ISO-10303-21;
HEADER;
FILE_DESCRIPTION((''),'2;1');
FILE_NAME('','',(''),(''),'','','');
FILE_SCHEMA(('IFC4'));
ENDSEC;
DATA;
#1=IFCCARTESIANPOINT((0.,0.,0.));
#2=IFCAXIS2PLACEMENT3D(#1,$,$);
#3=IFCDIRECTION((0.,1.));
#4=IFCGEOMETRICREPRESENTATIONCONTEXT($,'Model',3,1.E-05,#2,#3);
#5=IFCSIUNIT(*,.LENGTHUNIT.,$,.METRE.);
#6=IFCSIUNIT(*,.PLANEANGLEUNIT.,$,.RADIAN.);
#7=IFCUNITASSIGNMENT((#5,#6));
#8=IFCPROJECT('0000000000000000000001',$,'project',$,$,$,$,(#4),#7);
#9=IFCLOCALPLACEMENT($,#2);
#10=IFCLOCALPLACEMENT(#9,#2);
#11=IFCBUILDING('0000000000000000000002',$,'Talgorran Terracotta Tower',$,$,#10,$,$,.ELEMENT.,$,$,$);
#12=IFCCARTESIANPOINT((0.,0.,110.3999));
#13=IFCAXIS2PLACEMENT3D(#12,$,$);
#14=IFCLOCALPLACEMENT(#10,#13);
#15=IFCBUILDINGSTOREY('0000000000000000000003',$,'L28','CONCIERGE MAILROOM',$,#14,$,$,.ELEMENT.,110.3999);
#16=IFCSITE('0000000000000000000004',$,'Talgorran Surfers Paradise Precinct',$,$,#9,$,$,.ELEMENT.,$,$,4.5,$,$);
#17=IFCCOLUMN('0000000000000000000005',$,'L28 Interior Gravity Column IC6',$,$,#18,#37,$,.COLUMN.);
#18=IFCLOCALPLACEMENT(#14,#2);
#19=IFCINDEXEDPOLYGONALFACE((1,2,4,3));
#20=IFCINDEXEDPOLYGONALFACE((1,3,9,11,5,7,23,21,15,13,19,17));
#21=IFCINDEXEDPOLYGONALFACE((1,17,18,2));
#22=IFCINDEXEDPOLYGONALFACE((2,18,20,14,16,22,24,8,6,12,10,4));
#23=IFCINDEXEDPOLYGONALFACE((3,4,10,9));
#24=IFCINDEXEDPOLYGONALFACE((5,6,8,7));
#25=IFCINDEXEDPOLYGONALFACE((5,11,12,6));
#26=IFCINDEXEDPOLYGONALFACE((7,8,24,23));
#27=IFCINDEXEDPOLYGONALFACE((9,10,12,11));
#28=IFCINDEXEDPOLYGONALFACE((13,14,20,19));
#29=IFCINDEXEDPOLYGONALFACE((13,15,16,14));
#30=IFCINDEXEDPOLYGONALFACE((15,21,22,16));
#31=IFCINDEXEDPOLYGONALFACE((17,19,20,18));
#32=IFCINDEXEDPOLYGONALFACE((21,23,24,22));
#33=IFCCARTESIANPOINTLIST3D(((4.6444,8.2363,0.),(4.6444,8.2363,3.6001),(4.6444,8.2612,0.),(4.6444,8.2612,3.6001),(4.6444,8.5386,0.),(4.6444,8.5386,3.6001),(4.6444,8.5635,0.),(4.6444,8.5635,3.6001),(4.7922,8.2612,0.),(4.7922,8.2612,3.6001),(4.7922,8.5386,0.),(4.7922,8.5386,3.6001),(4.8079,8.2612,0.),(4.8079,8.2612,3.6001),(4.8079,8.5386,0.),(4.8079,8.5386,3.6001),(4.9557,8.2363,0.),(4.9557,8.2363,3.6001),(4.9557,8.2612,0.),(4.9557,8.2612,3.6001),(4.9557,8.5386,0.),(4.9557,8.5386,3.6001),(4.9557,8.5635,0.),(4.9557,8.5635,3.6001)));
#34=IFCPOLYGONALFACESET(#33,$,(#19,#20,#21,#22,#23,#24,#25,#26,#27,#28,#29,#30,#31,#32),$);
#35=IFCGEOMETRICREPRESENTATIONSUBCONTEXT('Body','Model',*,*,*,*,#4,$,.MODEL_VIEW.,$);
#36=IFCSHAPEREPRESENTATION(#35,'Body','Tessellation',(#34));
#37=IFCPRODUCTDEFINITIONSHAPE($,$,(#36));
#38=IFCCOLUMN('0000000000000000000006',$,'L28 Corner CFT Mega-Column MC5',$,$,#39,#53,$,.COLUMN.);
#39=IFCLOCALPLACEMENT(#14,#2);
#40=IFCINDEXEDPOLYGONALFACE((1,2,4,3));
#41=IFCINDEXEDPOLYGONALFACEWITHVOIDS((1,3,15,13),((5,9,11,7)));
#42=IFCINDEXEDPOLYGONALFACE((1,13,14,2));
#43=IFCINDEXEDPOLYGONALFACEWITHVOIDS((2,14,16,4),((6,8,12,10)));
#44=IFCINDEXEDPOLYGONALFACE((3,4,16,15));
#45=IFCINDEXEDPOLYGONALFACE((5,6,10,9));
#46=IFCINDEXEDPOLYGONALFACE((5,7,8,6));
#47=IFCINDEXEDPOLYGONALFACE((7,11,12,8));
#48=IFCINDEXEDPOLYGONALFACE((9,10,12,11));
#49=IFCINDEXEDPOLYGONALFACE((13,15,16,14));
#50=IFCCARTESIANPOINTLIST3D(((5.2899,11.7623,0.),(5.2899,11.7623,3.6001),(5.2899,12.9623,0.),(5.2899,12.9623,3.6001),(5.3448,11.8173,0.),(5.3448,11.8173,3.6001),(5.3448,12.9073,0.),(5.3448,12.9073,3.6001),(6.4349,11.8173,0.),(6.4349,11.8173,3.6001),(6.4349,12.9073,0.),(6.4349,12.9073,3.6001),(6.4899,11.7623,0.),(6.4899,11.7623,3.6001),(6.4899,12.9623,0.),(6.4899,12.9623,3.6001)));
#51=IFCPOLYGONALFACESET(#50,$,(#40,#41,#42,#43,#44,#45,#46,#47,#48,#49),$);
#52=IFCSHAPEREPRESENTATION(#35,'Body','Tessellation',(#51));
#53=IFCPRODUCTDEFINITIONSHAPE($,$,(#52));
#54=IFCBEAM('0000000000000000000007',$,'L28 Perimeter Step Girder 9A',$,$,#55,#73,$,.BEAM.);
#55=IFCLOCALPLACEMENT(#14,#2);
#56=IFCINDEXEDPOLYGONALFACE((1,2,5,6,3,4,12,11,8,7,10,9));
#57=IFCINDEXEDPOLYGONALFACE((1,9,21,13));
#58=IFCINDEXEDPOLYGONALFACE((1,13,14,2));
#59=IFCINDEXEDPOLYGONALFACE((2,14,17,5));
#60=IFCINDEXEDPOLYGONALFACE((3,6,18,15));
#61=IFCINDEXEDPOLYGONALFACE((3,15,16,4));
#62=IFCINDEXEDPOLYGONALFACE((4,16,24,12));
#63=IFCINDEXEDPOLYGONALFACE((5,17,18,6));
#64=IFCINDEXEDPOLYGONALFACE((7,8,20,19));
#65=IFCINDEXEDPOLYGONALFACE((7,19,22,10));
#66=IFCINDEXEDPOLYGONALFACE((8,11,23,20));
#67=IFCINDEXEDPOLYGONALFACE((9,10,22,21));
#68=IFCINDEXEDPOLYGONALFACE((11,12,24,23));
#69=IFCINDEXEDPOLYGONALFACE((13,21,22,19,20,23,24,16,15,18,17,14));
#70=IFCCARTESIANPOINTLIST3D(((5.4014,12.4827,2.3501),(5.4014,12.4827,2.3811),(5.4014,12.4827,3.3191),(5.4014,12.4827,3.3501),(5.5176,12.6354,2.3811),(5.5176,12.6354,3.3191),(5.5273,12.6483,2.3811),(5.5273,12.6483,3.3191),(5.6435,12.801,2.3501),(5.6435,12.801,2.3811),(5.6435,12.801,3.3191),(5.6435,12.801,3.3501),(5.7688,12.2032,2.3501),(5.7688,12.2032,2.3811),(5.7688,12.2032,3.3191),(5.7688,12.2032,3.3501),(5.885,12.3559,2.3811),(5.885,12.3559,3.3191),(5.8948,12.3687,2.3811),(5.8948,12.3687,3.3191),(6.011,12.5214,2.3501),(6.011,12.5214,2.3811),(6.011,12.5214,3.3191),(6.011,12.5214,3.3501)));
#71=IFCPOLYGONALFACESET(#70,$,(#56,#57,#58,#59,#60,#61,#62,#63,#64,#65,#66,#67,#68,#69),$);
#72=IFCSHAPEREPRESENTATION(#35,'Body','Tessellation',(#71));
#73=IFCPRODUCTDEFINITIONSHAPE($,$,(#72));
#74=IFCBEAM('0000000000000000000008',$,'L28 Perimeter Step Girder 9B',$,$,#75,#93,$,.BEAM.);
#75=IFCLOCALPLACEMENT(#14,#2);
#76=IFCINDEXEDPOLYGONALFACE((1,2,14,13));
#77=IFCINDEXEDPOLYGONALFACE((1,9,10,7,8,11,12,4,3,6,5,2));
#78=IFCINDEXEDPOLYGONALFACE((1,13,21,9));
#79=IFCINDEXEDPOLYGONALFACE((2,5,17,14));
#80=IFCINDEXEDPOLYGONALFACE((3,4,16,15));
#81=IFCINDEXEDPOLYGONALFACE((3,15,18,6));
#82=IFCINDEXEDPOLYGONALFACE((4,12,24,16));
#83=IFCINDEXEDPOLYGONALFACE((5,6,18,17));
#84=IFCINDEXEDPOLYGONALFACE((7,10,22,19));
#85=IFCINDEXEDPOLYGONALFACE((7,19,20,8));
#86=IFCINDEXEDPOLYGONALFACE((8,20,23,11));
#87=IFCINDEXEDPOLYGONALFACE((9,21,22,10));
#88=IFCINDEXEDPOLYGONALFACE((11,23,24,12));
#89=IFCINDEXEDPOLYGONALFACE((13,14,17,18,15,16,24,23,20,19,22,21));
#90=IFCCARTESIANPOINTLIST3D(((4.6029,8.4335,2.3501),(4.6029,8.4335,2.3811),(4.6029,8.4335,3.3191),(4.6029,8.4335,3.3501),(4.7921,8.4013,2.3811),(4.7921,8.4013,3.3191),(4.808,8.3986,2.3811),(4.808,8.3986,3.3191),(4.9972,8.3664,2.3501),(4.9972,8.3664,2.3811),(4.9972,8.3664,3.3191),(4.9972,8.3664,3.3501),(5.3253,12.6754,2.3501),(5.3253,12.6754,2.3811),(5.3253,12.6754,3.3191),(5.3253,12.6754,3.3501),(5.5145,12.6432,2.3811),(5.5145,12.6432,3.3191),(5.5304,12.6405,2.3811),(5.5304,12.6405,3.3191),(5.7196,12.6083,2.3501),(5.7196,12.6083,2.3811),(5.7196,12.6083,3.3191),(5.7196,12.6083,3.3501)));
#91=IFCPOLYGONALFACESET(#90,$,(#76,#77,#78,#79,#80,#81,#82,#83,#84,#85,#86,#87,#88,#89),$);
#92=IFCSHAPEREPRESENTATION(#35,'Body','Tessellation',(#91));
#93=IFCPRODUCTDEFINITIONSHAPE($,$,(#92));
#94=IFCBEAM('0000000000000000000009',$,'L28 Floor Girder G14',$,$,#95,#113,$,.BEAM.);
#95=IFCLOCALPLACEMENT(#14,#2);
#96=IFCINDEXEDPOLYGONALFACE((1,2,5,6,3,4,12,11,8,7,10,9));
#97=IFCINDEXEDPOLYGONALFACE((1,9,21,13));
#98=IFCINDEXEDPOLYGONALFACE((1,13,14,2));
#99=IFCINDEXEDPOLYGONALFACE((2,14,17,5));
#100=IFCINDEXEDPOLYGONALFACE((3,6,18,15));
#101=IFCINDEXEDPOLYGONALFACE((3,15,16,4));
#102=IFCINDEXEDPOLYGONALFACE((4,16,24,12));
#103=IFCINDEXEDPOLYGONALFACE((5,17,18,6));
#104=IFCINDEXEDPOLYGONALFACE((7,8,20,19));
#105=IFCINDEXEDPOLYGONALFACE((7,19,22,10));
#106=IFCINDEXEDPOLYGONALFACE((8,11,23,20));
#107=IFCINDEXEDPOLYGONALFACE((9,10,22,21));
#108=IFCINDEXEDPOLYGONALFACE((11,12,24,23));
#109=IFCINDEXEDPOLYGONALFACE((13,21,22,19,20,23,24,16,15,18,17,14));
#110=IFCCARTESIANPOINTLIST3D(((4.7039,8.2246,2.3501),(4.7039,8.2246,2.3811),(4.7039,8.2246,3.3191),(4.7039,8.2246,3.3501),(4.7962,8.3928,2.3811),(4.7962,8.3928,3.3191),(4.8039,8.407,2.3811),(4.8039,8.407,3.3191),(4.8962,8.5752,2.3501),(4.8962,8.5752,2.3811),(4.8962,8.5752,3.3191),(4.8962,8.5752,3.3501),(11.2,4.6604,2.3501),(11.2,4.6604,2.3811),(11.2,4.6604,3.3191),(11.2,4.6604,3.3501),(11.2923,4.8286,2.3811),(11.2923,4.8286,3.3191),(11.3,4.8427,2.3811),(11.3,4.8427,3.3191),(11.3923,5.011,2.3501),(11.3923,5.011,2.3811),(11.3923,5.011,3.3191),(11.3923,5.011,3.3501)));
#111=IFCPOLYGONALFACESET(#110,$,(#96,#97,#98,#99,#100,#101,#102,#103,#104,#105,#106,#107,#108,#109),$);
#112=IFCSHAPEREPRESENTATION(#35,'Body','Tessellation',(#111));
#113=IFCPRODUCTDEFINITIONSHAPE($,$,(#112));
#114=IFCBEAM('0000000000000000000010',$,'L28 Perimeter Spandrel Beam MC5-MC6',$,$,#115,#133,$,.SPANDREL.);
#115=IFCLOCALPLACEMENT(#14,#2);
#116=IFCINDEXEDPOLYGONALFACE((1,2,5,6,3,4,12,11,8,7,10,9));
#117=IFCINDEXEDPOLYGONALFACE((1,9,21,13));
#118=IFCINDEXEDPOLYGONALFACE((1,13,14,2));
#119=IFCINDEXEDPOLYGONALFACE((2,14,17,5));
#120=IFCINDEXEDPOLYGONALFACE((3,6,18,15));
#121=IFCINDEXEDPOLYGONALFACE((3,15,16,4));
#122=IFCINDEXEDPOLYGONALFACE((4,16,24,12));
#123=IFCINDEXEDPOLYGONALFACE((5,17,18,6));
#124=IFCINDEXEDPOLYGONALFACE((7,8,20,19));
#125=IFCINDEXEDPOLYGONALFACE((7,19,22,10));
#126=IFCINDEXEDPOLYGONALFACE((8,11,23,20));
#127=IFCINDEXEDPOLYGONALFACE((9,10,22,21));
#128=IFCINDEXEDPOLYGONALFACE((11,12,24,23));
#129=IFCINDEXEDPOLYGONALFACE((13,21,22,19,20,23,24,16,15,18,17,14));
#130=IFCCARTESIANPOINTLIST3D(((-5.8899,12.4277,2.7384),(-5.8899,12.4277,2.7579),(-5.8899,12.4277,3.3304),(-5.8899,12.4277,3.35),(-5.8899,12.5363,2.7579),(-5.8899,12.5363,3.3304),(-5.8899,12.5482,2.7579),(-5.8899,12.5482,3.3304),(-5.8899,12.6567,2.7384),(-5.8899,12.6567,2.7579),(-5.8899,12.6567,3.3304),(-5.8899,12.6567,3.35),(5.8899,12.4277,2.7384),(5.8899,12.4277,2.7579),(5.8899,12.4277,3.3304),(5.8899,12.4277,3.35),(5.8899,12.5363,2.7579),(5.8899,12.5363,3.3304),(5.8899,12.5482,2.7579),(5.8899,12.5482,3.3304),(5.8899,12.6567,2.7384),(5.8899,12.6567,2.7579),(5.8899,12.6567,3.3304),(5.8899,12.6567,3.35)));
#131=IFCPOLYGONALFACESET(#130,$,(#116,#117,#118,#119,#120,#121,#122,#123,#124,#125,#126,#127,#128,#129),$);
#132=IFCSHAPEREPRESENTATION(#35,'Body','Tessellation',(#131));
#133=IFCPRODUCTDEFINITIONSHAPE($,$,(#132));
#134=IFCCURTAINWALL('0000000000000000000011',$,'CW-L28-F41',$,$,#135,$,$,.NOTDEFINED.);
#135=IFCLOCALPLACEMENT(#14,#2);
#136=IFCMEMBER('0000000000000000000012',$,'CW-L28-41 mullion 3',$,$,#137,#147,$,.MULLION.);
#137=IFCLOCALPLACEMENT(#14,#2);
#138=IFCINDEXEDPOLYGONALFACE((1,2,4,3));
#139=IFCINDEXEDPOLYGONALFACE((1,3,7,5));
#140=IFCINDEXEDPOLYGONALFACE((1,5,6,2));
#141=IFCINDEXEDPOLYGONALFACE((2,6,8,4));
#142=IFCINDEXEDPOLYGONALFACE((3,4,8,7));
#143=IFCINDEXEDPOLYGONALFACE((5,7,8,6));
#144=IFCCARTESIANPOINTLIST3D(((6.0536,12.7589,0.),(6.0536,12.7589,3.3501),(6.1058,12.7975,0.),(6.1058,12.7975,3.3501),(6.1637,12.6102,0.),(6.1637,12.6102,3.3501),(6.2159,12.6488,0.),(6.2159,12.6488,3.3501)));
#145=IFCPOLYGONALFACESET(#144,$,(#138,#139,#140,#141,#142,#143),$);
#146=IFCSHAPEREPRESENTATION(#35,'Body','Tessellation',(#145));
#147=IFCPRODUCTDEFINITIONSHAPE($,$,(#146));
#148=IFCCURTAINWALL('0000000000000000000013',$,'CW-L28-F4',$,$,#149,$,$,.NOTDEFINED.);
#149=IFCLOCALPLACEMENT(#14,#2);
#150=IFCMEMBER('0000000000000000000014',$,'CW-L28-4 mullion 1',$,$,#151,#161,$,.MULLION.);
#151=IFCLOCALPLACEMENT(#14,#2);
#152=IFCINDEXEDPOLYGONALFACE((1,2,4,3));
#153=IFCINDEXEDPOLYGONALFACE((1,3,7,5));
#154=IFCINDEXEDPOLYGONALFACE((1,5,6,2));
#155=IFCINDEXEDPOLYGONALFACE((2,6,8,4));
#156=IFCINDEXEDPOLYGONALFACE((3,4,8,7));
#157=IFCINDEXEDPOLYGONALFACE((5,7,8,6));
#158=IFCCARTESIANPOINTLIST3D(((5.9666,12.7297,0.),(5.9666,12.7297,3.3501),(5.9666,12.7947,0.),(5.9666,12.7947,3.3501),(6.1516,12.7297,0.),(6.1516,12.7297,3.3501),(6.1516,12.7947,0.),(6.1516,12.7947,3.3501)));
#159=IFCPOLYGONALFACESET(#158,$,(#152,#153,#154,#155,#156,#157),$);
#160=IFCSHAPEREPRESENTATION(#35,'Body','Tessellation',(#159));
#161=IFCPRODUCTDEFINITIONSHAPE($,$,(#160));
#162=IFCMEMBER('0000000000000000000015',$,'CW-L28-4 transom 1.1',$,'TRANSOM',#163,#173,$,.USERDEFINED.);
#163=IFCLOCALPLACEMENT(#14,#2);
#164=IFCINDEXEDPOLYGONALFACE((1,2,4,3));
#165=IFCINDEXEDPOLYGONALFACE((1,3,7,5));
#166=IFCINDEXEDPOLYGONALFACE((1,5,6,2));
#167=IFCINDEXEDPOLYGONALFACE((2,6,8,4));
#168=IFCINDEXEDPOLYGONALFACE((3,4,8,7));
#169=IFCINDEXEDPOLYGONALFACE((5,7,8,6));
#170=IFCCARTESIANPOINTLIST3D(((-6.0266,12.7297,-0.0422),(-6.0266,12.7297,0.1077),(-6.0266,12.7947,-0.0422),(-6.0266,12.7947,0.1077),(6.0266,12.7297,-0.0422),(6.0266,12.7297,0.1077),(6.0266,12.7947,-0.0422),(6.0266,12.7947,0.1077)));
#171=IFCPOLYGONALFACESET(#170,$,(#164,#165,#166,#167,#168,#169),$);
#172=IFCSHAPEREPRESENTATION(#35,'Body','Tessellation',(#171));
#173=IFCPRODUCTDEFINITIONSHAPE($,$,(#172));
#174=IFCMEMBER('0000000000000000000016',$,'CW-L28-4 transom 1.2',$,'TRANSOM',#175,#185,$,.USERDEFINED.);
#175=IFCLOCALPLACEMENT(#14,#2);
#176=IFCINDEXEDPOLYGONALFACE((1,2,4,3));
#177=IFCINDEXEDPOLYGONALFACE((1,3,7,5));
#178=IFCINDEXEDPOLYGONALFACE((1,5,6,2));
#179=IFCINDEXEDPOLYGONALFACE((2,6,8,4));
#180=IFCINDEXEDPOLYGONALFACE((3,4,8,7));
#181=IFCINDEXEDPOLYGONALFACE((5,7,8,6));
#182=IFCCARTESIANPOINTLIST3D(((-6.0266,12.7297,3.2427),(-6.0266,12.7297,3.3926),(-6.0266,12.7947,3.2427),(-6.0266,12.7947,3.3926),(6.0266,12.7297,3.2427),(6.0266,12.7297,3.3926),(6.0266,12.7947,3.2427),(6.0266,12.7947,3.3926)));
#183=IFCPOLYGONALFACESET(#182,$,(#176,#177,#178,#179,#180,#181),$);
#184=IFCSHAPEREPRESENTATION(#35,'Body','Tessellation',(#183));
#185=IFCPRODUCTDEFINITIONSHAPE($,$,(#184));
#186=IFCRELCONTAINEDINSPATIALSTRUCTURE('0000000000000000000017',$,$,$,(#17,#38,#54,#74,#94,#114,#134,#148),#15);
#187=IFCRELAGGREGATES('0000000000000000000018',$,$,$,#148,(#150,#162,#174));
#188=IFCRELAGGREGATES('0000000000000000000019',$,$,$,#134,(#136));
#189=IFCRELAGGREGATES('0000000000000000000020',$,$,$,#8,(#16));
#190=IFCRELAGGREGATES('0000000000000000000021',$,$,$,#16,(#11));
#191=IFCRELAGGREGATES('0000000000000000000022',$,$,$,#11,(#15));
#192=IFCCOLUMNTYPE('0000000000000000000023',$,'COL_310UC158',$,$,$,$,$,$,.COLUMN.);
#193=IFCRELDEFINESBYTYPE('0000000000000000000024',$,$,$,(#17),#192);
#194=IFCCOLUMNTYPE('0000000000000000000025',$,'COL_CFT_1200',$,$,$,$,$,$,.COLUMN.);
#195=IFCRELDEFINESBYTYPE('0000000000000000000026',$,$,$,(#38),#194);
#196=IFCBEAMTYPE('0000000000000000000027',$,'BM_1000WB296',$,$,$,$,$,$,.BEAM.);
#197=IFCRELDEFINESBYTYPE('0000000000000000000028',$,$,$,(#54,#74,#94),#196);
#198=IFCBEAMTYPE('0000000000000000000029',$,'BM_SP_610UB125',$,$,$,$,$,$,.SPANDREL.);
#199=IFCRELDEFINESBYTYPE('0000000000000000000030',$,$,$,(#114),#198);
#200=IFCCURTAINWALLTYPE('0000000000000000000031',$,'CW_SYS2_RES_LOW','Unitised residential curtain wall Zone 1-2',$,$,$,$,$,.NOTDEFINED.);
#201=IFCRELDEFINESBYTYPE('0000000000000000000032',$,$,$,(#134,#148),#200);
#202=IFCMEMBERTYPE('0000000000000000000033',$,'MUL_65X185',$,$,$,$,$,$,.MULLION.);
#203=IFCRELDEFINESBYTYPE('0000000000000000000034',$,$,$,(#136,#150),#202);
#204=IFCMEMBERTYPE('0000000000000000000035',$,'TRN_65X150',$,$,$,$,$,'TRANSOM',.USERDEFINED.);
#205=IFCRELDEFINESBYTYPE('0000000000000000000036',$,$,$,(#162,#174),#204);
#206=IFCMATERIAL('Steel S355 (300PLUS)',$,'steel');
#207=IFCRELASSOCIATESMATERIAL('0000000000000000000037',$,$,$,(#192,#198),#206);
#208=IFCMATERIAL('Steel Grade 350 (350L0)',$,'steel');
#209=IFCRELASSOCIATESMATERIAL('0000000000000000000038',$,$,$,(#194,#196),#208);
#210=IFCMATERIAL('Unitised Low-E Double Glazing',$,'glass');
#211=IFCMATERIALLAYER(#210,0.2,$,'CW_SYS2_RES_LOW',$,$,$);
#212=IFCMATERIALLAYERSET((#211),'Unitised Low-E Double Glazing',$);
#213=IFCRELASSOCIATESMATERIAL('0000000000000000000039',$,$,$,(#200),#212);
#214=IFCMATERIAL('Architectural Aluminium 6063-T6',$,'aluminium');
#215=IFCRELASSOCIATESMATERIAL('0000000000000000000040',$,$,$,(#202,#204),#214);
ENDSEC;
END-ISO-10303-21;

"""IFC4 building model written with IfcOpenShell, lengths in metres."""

from ifc_helpers import new_model, si_unit, direction, frame, origin, origin_2d, place, context, subcontext, project, spatial, rectangle, hollow_rectangle, i_section, extrude, material, layer, layer_set, material_profile, profile_set, type_object, element, aggregate, save


model = new_model("IFC4")

# Units and contexts
model_context = context("Model", 3, precision=1e-05, world=origin(), true_north=direction((0.0, 1.0)))
body_context = subcontext(model_context, "Body", "Model", "MODEL_VIEW")
ifc_project = project(units=[si_unit("LENGTHUNIT", "METRE"), si_unit("PLANEANGLEUNIT", "RADIAN")], contexts=[model_context])

# Site, building, storey
site_placement = place(None, origin())
site = spatial("IfcSite", under=ifc_project, at=site_placement, Name="Talgorran Surfers Paradise Precinct", CompositionType="ELEMENT", RefElevation=4.5)
building_placement = place(site_placement, origin())
building = spatial("IfcBuilding", under=site, at=building_placement, Name="Talgorran Terracotta Tower", CompositionType="ELEMENT")
storey_placement = place(building_placement, frame((0.0, 0.0, 110.3999)))
storey = spatial("IfcBuildingStorey", under=building, at=storey_placement, Name="L28", Description="CONCIERGE MAILROOM", CompositionType="ELEMENT", Elevation=110.3999)

# Columns
ifc_material_1 = material(Name="Steel S355 (300PLUS)", Category="steel")
ifc_material_profile_1 = material_profile(ifc_material_1, i_section(OverallWidth=0.3113, OverallDepth=0.3271, WebThickness=0.0156, FlangeThickness=0.0249, at=origin_2d()), Name="310UC158")
ifc_profile_set_1 = profile_set([ifc_material_profile_1], Name="Steel S355 (300PLUS)")
column_type_1 = type_object("IfcColumnType", Name="COL_310UC158", PredefinedType="COLUMN", material=ifc_profile_set_1)
column_1_placement = place(storey_placement, frame((4.8, 8.3999, 0.0), z_axis=(0.0, 0.0, 1.0), x_axis=(1.0, 0.0, 0.0)))
element("IfcColumn", 1, at=column_1_placement, inside=storey, type_object=column_type_1, Name="L28 Interior Gravity Column IC6", PredefinedType="COLUMN", context=body_context, shape_type="SweptSolid", body=[
    extrude(i_section(OverallWidth=0.3113, OverallDepth=0.3271, WebThickness=0.0156, FlangeThickness=0.0249, at=origin_2d()), origin(), (0.0, 0.0, 1.0), 3.6001),
])
ifc_material_2 = material(Name="Steel Grade 350 (350L0)", Category="steel")
ifc_material_profile_2 = material_profile(ifc_material_2, hollow_rectangle(XDim=1.2, YDim=1.2, WallThickness=0.0549, at=origin_2d()), Name="CFT1200X1200X55")
ifc_profile_set_2 = profile_set([ifc_material_profile_2], Name="Steel Grade 350 (350L0)")
column_type_2 = type_object("IfcColumnType", Name="COL_CFT_1200", PredefinedType="COLUMN", material=ifc_profile_set_2)
column_2_placement = place(storey_placement, frame((5.8899, 12.3623, 0.0), z_axis=(0.0, 0.0, 1.0), x_axis=(1.0, 0.0, 0.0)))
element("IfcColumn", 2, at=column_2_placement, inside=storey, type_object=column_type_2, Name="L28 Corner CFT Mega-Column MC5", PredefinedType="COLUMN", context=body_context, shape_type="SweptSolid", body=[
    extrude(hollow_rectangle(XDim=1.2, YDim=1.2, WallThickness=0.0549, at=origin_2d()), origin(), (0.0, 0.0, 1.0), 3.6001),
])

# Beams
ifc_material_profile_3 = material_profile(ifc_material_2, i_section(OverallWidth=0.3999, OverallDepth=1.0, WebThickness=0.0161, FlangeThickness=0.031, at=origin_2d()), Name="1000WB296")
ifc_profile_set_3 = profile_set([ifc_material_profile_3], Name="Steel Grade 350 (350L0)")
beam_type_1 = type_object("IfcBeamType", Name="BM_1000WB296", PredefinedType="BEAM", material=ifc_profile_set_3)
beam_1_placement = place(storey_placement, frame((5.8899, 12.3623, 2.8501), z_axis=(-0.795856, 0.605485, 0.0), x_axis=(-0.605485, -0.795856, 0.0)))
element("IfcBeam", 3, at=beam_1_placement, inside=storey, type_object=beam_type_1, Name="L28 Perimeter Step Girder 9A", PredefinedType="BEAM", context=body_context, shape_type="SweptSolid", body=[
    extrude(i_section(OverallWidth=0.3999, OverallDepth=1.0, WebThickness=0.0161, FlangeThickness=0.031, at=origin_2d()), origin(), (0.0, 0.0, 1.0), 0.4617),
])
beam_2_placement = place(storey_placement, frame((5.5225, 12.6418, 2.8501), z_axis=(-0.167885, -0.985807, 0.0), x_axis=(0.985807, -0.167885, 0.0)))
element("IfcBeam", 4, at=beam_2_placement, inside=storey, type_object=beam_type_1, Name="L28 Perimeter Step Girder 9B", PredefinedType="BEAM", context=body_context, shape_type="SweptSolid", body=[
    extrude(i_section(OverallWidth=0.3999, OverallDepth=1.0, WebThickness=0.0161, FlangeThickness=0.031, at=origin_2d()), origin(), (0.0, 0.0, 1.0), 4.303),
])
beam_3_placement = place(storey_placement, frame((4.8, 8.3999, 2.8501), z_axis=(0.876708, -0.481023, 0.0), x_axis=(0.481023, 0.876708, 0.0)))
element("IfcBeam", 5, at=beam_3_placement, inside=storey, type_object=beam_type_1, Name="L28 Floor Girder G14", PredefinedType="BEAM", context=body_context, shape_type="SweptSolid", body=[
    extrude(i_section(OverallWidth=0.3999, OverallDepth=1.0, WebThickness=0.0161, FlangeThickness=0.031, at=origin_2d()), origin(), (0.0, 0.0, 1.0), 7.4097),
])
ifc_material_profile_4 = material_profile(ifc_material_1, i_section(OverallWidth=0.229, OverallDepth=0.6116, WebThickness=0.012, FlangeThickness=0.0195, at=origin_2d()), Name="610UB125")
ifc_profile_set_4 = profile_set([ifc_material_profile_4], Name="Steel S355 (300PLUS)")
beam_type_2 = type_object("IfcBeamType", Name="BM_SP_610UB125", PredefinedType="SPANDREL", material=ifc_profile_set_4)
beam_4_placement = place(storey_placement, frame((5.8899, 12.5422, 3.0442), z_axis=(-1.0, 0.0, 0.0), x_axis=(0.0, -1.0, 0.0)))
element("IfcBeam", 6, at=beam_4_placement, inside=storey, type_object=beam_type_2, Name="L28 Perimeter Spandrel Beam MC5-MC6", PredefinedType="SPANDREL", context=body_context, shape_type="SweptSolid", body=[
    extrude(i_section(OverallWidth=0.229, OverallDepth=0.6116, WebThickness=0.012, FlangeThickness=0.0195, at=origin_2d()), origin(), (0.0, 0.0, 1.0), 11.7798),
])

# Curtain wall, member
ifc_material_3 = material(Name="Unitised Low-E Double Glazing", Category="glass")
ifc_layer_1 = layer(ifc_material_3, 0.2, Name="CW_SYS2_RES_LOW")
ifc_layer_set_1 = layer_set([ifc_layer_1], Name="Unitised Low-E Double Glazing")
curtain_wall_type = type_object("IfcCurtainWallType", Name="CW_SYS2_RES_LOW", Description="Unitised residential curtain wall Zone 1-2", PredefinedType="NOTDEFINED", material=ifc_layer_set_1)
curtain_wall_1_placement = place(storey_placement, origin())
curtain_wall_1 = element("IfcCurtainWall", 7, at=curtain_wall_1_placement, inside=storey, type_object=curtain_wall_type, Name="CW-L28-F41", PredefinedType="NOTDEFINED")
ifc_material_4 = material(Name="Architectural Aluminium 6063-T6", Category="aluminium")
ifc_material_profile_5 = material_profile(ifc_material_4, rectangle(XDim=0.0649, YDim=0.1851, at=origin_2d()), Name="CWM65X185")
ifc_profile_set_5 = profile_set([ifc_material_profile_5], Name="Architectural Aluminium 6063-T6")
member_type_1 = type_object("IfcMemberType", Name="MUL_65X185", PredefinedType="MULLION", material=ifc_profile_set_5)
member_1_placement = place(storey_placement, frame((6.1348, 12.7039, 0.0), z_axis=(0.0, 0.0, 1.0), x_axis=(-0.803793, -0.594909, 0.0)))
member_1 = element("IfcMember", 8, at=member_1_placement, type_object=member_type_1, Name="CW-L28-41 mullion 3", PredefinedType="MULLION", context=body_context, shape_type="SweptSolid", body=[
    extrude(rectangle(XDim=0.0649, YDim=0.1851, at=origin_2d()), origin(), (0.0, 0.0, 1.0), 3.3501),
])

# Curtain wall, members
curtain_wall_2_placement = place(storey_placement, origin())
curtain_wall_2 = element("IfcCurtainWall", 9, at=curtain_wall_2_placement, inside=storey, type_object=curtain_wall_type, Name="CW-L28-F4", PredefinedType="NOTDEFINED")
member_2_placement = place(storey_placement, frame((6.0591, 12.7622, 0.0), z_axis=(0.0, 0.0, 1.0), x_axis=(0.0, -1.0, 0.0)))
member_2 = element("IfcMember", 10, at=member_2_placement, type_object=member_type_1, Name="CW-L28-4 mullion 1", PredefinedType="MULLION", context=body_context, shape_type="SweptSolid", body=[
    extrude(rectangle(XDim=0.0649, YDim=0.1851, at=origin_2d()), origin(), (0.0, 0.0, 1.0), 3.3501),
])
ifc_material_profile_6 = material_profile(ifc_material_4, rectangle(XDim=0.0649, YDim=0.1499, at=origin_2d()), Name="CWT65X150")
ifc_profile_set_6 = profile_set([ifc_material_profile_6], Name="Architectural Aluminium 6063-T6")
member_type_2 = type_object("IfcMemberType", Name="TRN_65X150", ElementType="TRANSOM", PredefinedType="USERDEFINED", material=ifc_profile_set_6)
member_3_placement = place(storey_placement, frame((6.0266, 12.7622, 0.0327), z_axis=(-1.0, 0.0, 0.0), x_axis=(0.0, -1.0, 0.0)))
member_3 = element("IfcMember", 11, at=member_3_placement, type_object=member_type_2, Name="CW-L28-4 transom 1.1", ObjectType="TRANSOM", PredefinedType="USERDEFINED", context=body_context, shape_type="SweptSolid", body=[
    extrude(rectangle(XDim=0.0649, YDim=0.1499, at=origin_2d()), origin(), (0.0, 0.0, 1.0), 12.0532),
])
member_4_placement = place(storey_placement, frame((6.0266, 12.7622, 3.3176), z_axis=(-1.0, 0.0, 0.0), x_axis=(0.0, -1.0, 0.0)))
member_4 = element("IfcMember", 12, at=member_4_placement, type_object=member_type_2, Name="CW-L28-4 transom 1.2", ObjectType="TRANSOM", PredefinedType="USERDEFINED", context=body_context, shape_type="SweptSolid", body=[
    extrude(rectangle(XDim=0.0649, YDim=0.1499, at=origin_2d()), origin(), (0.0, 0.0, 1.0), 12.0532),
])

aggregate(curtain_wall_2, [member_2, member_3, member_4])
aggregate(curtain_wall_1, [member_1])

save(model, "model.ifc")
